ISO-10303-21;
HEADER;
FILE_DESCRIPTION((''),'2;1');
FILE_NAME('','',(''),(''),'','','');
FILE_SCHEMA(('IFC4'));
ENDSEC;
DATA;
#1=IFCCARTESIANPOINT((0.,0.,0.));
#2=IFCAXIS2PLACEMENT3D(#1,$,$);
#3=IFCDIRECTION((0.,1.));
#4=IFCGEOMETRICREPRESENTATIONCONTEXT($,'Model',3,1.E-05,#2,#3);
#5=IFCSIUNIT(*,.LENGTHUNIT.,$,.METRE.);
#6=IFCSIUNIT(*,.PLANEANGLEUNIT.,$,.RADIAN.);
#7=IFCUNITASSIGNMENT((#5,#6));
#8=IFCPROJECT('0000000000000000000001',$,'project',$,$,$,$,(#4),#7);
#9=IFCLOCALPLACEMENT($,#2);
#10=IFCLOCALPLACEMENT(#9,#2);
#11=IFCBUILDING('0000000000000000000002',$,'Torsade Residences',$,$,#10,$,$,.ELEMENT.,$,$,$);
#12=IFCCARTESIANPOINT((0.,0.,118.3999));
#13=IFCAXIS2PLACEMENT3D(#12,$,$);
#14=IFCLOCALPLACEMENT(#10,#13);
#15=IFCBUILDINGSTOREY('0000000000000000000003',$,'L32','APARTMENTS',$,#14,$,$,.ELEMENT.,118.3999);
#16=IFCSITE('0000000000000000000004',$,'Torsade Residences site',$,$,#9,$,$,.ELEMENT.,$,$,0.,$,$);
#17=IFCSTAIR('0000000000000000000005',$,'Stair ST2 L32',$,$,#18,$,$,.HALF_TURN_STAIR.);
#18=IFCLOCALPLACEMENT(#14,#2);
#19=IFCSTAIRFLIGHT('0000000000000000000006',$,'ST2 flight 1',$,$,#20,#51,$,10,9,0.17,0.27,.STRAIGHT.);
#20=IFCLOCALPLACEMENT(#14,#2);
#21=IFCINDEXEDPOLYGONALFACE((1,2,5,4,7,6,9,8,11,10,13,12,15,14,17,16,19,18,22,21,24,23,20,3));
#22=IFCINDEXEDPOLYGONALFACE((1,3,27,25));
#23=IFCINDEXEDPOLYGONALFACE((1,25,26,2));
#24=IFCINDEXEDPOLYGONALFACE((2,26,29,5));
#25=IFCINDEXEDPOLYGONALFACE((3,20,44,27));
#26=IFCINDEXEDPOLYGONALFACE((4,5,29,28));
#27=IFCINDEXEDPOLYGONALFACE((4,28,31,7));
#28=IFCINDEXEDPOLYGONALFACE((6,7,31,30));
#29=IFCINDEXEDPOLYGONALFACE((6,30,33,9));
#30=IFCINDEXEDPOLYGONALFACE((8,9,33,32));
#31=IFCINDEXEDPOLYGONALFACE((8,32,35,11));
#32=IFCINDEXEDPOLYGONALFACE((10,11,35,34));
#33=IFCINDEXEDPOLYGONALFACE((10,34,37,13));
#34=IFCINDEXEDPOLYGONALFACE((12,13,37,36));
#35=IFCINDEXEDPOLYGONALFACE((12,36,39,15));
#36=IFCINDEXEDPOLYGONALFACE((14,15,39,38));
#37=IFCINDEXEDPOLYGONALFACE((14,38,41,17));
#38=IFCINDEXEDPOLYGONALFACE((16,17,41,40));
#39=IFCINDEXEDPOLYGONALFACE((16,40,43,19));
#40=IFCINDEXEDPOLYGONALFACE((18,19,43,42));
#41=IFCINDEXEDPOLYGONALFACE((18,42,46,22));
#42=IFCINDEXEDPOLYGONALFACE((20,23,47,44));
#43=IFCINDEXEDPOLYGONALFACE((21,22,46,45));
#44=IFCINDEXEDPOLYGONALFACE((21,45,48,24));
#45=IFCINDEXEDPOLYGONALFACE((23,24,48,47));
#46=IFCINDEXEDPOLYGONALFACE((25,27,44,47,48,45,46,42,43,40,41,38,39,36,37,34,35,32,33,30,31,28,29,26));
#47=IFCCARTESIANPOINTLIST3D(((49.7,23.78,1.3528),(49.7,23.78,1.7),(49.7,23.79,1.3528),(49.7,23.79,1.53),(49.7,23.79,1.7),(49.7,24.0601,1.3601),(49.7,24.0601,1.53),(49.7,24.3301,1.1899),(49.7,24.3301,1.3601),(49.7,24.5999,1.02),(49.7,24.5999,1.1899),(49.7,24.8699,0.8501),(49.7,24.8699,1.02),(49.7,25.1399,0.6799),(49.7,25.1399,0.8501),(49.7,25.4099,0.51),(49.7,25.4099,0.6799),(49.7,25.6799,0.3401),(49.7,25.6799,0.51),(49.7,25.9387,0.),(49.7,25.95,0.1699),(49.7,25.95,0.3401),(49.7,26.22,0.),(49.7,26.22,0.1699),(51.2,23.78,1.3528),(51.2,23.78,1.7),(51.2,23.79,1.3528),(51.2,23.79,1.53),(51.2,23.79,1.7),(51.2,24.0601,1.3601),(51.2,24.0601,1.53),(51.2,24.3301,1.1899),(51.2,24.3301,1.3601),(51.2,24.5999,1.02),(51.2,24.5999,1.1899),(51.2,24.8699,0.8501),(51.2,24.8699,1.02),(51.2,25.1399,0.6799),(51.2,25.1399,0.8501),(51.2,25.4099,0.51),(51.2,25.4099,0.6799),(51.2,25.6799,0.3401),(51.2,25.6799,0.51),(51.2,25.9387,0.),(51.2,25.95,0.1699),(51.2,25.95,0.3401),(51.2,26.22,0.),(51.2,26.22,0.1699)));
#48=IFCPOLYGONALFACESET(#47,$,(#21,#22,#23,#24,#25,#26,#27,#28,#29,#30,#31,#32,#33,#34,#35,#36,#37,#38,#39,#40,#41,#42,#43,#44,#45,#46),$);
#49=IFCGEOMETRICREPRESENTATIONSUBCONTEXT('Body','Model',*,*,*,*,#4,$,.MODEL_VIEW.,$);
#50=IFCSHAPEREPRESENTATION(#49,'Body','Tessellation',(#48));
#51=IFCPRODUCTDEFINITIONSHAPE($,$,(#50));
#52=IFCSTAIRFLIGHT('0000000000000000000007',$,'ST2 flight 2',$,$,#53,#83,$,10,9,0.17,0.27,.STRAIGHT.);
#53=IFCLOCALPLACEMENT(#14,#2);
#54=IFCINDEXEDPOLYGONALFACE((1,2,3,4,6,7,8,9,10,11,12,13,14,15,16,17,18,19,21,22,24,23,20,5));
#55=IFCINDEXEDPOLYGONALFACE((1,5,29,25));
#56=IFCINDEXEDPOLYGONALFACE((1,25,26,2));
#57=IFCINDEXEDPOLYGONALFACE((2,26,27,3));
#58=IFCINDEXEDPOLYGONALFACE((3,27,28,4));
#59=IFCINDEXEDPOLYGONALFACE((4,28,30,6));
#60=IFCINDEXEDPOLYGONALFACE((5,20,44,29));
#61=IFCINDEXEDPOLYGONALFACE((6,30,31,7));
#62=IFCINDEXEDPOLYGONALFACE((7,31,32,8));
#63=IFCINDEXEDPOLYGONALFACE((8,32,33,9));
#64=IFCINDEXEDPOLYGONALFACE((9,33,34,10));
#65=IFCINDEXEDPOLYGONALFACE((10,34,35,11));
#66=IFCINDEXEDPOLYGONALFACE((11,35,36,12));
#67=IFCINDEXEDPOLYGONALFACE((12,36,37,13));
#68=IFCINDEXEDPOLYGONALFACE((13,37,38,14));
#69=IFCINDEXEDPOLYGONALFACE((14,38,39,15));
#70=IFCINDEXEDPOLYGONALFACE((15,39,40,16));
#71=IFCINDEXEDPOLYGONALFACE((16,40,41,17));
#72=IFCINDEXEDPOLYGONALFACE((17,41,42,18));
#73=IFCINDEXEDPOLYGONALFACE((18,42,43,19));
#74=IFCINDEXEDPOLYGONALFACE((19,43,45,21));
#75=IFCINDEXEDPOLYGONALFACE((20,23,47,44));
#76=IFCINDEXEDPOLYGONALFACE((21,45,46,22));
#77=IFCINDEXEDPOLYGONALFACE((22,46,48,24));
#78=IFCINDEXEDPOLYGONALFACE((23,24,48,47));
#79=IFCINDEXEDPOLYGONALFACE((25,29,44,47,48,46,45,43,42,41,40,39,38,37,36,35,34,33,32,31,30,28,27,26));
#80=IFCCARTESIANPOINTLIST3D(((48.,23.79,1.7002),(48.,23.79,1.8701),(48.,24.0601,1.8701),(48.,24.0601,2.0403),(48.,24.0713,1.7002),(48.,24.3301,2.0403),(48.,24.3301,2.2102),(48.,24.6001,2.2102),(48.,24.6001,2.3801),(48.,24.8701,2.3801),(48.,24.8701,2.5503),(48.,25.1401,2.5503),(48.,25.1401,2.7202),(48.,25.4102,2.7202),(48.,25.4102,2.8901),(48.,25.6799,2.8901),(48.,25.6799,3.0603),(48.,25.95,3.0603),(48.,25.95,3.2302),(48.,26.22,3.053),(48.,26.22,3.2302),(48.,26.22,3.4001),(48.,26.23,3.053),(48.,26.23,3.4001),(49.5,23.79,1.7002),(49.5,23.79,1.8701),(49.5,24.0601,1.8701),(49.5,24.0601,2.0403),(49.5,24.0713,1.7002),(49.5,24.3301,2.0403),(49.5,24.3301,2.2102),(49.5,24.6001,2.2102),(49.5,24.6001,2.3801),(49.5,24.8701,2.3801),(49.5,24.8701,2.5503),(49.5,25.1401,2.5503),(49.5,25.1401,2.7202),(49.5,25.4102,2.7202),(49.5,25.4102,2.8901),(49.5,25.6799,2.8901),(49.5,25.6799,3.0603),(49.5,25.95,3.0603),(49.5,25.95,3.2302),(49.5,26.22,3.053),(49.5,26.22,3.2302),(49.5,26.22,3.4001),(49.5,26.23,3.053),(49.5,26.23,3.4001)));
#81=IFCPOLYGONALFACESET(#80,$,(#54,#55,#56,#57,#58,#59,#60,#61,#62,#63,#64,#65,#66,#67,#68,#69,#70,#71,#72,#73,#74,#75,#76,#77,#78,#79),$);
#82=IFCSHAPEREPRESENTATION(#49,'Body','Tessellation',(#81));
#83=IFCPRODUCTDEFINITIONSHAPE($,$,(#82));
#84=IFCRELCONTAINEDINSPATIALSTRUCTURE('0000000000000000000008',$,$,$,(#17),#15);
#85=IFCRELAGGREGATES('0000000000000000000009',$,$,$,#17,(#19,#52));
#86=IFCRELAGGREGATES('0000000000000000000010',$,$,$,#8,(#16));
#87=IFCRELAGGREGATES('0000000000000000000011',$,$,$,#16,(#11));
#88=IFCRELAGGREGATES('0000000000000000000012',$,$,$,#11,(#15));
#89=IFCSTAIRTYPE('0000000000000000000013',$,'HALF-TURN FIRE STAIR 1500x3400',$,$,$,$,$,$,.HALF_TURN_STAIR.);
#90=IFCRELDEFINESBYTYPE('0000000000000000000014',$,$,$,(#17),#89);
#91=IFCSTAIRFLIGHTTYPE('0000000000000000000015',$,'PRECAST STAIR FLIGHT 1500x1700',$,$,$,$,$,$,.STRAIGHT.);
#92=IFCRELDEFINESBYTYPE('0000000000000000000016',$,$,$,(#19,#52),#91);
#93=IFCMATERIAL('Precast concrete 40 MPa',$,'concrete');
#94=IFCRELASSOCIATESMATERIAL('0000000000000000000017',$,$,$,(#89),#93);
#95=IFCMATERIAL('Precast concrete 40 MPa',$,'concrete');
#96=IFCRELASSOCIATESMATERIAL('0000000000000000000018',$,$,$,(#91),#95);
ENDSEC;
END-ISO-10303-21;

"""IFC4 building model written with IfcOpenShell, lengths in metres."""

from ifc_helpers import new_model, si_unit, direction, frame, origin, place, context, subcontext, project, spatial, polyline, outline, extrude, material, type_object, element, aggregate, save


model = new_model("IFC4")

# Units and contexts
model_context = context("Model", 3, precision=1e-05, world=origin(), true_north=direction((0.0, 1.0)))
body_context = subcontext(model_context, "Body", "Model", "MODEL_VIEW")
ifc_project = project(units=[si_unit("LENGTHUNIT", "METRE"), si_unit("PLANEANGLEUNIT", "RADIAN")], contexts=[model_context])

# Site, building, storey
site_placement = place(None, origin())
site = spatial("IfcSite", under=ifc_project, at=site_placement, Name="Torsade Residences site", CompositionType="ELEMENT", RefElevation=0.0)
building_placement = place(site_placement, origin())
building = spatial("IfcBuilding", under=site, at=building_placement, Name="Torsade Residences", CompositionType="ELEMENT")
storey_placement = place(building_placement, frame((0.0, 0.0, 118.3999)))
storey = spatial("IfcBuildingStorey", under=building, at=storey_placement, Name="L32", Description="APARTMENTS", CompositionType="ELEMENT", Elevation=118.3999)

# Stair, stair flights
ifc_material_1 = material(Name="Precast concrete 40 MPa", Category="concrete")
stair_type = type_object("IfcStairType", Name="HALF-TURN FIRE STAIR 1500x3400", PredefinedType="HALF_TURN_STAIR", material=ifc_material_1)
stair_placement = place(storey_placement, origin())
stair = element("IfcStair", 1, at=stair_placement, inside=storey, type_object=stair_type, Name="Stair ST2 L32", PredefinedType="HALF_TURN_STAIR")
ifc_material_2 = material(Name="Precast concrete 40 MPa", Category="concrete")
stair_flight_type = type_object("IfcStairFlightType", Name="PRECAST STAIR FLIGHT 1500x1700", PredefinedType="STRAIGHT", material=ifc_material_2)
stair_flight_1_placement = place(storey_placement, frame((50.45, 26.22, 0.0), z_axis=(0.0, 0.0, 1.0), x_axis=(0.0, -1.0, 0.0)))
stair_flight_1 = element("IfcStairFlight", 2, at=stair_flight_1_placement, type_object=stair_flight_type, Name="ST2 flight 1", NumberOfRisers=10, NumberOfTreads=9, PredefinedType="STRAIGHT", RiserHeight=0.17, TreadLength=0.27, context=body_context, shape_type="SweptSolid", body=[
    extrude(outline(polyline([(0.0, 0.0), (0.0, 0.1699), (0.27, 0.1699), (0.27, 0.3401), (0.54, 0.3401), (0.54, 0.51), (0.8101, 0.51), (0.8101, 0.6799), (1.0801, 0.6799), (1.0801, 0.8501), (1.3501, 0.8501), (1.3501, 1.02), (1.6201, 1.02), (1.6201, 1.1899), (1.8899, 1.1899), (1.8899, 1.3601), (2.1599, 1.3601), (2.1599, 1.53), (2.4299, 1.53), (2.4299, 1.7), (2.4399, 1.7), (2.4399, 1.3528), (2.4299, 1.3528), (0.2812, 0.0), (0.0, 0.0)])), frame((0.0, 0.75, 0.0), z_axis=(0.0, -1.0, 0.0), x_axis=(1.0, 0.0, 0.0)), (0.0, 0.0, 1.0), 1.5),
])
stair_flight_2_placement = place(storey_placement, frame((48.75, 23.79, 1.7002), z_axis=(0.0, 0.0, 1.0), x_axis=(0.0, 1.0, 0.0)))
stair_flight_2 = element("IfcStairFlight", 3, at=stair_flight_2_placement, type_object=stair_flight_type, Name="ST2 flight 2", NumberOfRisers=10, NumberOfTreads=9, PredefinedType="STRAIGHT", RiserHeight=0.17, TreadLength=0.27, context=body_context, shape_type="SweptSolid", body=[
    extrude(outline(polyline([(0.0, 0.0), (0.0, 0.1699), (0.27, 0.1699), (0.27, 0.3401), (0.54, 0.3401), (0.54, 0.51), (0.8101, 0.51), (0.8101, 0.6799), (1.0801, 0.6799), (1.0801, 0.8501), (1.3501, 0.8501), (1.3501, 1.02), (1.6201, 1.02), (1.6201, 1.1899), (1.8899, 1.1899), (1.8899, 1.3601), (2.1599, 1.3601), (2.1599, 1.53), (2.4299, 1.53), (2.4299, 1.7), (2.4399, 1.7), (2.4399, 1.3528), (2.4299, 1.3528), (0.2812, 0.0), (0.0, 0.0)])), frame((0.0, 0.75, 0.0), z_axis=(0.0, -1.0, 0.0), x_axis=(1.0, 0.0, 0.0)), (0.0, 0.0, 1.0), 1.5),
])
aggregate(stair, [stair_flight_1, stair_flight_2])

save(model, "model.ifc")
